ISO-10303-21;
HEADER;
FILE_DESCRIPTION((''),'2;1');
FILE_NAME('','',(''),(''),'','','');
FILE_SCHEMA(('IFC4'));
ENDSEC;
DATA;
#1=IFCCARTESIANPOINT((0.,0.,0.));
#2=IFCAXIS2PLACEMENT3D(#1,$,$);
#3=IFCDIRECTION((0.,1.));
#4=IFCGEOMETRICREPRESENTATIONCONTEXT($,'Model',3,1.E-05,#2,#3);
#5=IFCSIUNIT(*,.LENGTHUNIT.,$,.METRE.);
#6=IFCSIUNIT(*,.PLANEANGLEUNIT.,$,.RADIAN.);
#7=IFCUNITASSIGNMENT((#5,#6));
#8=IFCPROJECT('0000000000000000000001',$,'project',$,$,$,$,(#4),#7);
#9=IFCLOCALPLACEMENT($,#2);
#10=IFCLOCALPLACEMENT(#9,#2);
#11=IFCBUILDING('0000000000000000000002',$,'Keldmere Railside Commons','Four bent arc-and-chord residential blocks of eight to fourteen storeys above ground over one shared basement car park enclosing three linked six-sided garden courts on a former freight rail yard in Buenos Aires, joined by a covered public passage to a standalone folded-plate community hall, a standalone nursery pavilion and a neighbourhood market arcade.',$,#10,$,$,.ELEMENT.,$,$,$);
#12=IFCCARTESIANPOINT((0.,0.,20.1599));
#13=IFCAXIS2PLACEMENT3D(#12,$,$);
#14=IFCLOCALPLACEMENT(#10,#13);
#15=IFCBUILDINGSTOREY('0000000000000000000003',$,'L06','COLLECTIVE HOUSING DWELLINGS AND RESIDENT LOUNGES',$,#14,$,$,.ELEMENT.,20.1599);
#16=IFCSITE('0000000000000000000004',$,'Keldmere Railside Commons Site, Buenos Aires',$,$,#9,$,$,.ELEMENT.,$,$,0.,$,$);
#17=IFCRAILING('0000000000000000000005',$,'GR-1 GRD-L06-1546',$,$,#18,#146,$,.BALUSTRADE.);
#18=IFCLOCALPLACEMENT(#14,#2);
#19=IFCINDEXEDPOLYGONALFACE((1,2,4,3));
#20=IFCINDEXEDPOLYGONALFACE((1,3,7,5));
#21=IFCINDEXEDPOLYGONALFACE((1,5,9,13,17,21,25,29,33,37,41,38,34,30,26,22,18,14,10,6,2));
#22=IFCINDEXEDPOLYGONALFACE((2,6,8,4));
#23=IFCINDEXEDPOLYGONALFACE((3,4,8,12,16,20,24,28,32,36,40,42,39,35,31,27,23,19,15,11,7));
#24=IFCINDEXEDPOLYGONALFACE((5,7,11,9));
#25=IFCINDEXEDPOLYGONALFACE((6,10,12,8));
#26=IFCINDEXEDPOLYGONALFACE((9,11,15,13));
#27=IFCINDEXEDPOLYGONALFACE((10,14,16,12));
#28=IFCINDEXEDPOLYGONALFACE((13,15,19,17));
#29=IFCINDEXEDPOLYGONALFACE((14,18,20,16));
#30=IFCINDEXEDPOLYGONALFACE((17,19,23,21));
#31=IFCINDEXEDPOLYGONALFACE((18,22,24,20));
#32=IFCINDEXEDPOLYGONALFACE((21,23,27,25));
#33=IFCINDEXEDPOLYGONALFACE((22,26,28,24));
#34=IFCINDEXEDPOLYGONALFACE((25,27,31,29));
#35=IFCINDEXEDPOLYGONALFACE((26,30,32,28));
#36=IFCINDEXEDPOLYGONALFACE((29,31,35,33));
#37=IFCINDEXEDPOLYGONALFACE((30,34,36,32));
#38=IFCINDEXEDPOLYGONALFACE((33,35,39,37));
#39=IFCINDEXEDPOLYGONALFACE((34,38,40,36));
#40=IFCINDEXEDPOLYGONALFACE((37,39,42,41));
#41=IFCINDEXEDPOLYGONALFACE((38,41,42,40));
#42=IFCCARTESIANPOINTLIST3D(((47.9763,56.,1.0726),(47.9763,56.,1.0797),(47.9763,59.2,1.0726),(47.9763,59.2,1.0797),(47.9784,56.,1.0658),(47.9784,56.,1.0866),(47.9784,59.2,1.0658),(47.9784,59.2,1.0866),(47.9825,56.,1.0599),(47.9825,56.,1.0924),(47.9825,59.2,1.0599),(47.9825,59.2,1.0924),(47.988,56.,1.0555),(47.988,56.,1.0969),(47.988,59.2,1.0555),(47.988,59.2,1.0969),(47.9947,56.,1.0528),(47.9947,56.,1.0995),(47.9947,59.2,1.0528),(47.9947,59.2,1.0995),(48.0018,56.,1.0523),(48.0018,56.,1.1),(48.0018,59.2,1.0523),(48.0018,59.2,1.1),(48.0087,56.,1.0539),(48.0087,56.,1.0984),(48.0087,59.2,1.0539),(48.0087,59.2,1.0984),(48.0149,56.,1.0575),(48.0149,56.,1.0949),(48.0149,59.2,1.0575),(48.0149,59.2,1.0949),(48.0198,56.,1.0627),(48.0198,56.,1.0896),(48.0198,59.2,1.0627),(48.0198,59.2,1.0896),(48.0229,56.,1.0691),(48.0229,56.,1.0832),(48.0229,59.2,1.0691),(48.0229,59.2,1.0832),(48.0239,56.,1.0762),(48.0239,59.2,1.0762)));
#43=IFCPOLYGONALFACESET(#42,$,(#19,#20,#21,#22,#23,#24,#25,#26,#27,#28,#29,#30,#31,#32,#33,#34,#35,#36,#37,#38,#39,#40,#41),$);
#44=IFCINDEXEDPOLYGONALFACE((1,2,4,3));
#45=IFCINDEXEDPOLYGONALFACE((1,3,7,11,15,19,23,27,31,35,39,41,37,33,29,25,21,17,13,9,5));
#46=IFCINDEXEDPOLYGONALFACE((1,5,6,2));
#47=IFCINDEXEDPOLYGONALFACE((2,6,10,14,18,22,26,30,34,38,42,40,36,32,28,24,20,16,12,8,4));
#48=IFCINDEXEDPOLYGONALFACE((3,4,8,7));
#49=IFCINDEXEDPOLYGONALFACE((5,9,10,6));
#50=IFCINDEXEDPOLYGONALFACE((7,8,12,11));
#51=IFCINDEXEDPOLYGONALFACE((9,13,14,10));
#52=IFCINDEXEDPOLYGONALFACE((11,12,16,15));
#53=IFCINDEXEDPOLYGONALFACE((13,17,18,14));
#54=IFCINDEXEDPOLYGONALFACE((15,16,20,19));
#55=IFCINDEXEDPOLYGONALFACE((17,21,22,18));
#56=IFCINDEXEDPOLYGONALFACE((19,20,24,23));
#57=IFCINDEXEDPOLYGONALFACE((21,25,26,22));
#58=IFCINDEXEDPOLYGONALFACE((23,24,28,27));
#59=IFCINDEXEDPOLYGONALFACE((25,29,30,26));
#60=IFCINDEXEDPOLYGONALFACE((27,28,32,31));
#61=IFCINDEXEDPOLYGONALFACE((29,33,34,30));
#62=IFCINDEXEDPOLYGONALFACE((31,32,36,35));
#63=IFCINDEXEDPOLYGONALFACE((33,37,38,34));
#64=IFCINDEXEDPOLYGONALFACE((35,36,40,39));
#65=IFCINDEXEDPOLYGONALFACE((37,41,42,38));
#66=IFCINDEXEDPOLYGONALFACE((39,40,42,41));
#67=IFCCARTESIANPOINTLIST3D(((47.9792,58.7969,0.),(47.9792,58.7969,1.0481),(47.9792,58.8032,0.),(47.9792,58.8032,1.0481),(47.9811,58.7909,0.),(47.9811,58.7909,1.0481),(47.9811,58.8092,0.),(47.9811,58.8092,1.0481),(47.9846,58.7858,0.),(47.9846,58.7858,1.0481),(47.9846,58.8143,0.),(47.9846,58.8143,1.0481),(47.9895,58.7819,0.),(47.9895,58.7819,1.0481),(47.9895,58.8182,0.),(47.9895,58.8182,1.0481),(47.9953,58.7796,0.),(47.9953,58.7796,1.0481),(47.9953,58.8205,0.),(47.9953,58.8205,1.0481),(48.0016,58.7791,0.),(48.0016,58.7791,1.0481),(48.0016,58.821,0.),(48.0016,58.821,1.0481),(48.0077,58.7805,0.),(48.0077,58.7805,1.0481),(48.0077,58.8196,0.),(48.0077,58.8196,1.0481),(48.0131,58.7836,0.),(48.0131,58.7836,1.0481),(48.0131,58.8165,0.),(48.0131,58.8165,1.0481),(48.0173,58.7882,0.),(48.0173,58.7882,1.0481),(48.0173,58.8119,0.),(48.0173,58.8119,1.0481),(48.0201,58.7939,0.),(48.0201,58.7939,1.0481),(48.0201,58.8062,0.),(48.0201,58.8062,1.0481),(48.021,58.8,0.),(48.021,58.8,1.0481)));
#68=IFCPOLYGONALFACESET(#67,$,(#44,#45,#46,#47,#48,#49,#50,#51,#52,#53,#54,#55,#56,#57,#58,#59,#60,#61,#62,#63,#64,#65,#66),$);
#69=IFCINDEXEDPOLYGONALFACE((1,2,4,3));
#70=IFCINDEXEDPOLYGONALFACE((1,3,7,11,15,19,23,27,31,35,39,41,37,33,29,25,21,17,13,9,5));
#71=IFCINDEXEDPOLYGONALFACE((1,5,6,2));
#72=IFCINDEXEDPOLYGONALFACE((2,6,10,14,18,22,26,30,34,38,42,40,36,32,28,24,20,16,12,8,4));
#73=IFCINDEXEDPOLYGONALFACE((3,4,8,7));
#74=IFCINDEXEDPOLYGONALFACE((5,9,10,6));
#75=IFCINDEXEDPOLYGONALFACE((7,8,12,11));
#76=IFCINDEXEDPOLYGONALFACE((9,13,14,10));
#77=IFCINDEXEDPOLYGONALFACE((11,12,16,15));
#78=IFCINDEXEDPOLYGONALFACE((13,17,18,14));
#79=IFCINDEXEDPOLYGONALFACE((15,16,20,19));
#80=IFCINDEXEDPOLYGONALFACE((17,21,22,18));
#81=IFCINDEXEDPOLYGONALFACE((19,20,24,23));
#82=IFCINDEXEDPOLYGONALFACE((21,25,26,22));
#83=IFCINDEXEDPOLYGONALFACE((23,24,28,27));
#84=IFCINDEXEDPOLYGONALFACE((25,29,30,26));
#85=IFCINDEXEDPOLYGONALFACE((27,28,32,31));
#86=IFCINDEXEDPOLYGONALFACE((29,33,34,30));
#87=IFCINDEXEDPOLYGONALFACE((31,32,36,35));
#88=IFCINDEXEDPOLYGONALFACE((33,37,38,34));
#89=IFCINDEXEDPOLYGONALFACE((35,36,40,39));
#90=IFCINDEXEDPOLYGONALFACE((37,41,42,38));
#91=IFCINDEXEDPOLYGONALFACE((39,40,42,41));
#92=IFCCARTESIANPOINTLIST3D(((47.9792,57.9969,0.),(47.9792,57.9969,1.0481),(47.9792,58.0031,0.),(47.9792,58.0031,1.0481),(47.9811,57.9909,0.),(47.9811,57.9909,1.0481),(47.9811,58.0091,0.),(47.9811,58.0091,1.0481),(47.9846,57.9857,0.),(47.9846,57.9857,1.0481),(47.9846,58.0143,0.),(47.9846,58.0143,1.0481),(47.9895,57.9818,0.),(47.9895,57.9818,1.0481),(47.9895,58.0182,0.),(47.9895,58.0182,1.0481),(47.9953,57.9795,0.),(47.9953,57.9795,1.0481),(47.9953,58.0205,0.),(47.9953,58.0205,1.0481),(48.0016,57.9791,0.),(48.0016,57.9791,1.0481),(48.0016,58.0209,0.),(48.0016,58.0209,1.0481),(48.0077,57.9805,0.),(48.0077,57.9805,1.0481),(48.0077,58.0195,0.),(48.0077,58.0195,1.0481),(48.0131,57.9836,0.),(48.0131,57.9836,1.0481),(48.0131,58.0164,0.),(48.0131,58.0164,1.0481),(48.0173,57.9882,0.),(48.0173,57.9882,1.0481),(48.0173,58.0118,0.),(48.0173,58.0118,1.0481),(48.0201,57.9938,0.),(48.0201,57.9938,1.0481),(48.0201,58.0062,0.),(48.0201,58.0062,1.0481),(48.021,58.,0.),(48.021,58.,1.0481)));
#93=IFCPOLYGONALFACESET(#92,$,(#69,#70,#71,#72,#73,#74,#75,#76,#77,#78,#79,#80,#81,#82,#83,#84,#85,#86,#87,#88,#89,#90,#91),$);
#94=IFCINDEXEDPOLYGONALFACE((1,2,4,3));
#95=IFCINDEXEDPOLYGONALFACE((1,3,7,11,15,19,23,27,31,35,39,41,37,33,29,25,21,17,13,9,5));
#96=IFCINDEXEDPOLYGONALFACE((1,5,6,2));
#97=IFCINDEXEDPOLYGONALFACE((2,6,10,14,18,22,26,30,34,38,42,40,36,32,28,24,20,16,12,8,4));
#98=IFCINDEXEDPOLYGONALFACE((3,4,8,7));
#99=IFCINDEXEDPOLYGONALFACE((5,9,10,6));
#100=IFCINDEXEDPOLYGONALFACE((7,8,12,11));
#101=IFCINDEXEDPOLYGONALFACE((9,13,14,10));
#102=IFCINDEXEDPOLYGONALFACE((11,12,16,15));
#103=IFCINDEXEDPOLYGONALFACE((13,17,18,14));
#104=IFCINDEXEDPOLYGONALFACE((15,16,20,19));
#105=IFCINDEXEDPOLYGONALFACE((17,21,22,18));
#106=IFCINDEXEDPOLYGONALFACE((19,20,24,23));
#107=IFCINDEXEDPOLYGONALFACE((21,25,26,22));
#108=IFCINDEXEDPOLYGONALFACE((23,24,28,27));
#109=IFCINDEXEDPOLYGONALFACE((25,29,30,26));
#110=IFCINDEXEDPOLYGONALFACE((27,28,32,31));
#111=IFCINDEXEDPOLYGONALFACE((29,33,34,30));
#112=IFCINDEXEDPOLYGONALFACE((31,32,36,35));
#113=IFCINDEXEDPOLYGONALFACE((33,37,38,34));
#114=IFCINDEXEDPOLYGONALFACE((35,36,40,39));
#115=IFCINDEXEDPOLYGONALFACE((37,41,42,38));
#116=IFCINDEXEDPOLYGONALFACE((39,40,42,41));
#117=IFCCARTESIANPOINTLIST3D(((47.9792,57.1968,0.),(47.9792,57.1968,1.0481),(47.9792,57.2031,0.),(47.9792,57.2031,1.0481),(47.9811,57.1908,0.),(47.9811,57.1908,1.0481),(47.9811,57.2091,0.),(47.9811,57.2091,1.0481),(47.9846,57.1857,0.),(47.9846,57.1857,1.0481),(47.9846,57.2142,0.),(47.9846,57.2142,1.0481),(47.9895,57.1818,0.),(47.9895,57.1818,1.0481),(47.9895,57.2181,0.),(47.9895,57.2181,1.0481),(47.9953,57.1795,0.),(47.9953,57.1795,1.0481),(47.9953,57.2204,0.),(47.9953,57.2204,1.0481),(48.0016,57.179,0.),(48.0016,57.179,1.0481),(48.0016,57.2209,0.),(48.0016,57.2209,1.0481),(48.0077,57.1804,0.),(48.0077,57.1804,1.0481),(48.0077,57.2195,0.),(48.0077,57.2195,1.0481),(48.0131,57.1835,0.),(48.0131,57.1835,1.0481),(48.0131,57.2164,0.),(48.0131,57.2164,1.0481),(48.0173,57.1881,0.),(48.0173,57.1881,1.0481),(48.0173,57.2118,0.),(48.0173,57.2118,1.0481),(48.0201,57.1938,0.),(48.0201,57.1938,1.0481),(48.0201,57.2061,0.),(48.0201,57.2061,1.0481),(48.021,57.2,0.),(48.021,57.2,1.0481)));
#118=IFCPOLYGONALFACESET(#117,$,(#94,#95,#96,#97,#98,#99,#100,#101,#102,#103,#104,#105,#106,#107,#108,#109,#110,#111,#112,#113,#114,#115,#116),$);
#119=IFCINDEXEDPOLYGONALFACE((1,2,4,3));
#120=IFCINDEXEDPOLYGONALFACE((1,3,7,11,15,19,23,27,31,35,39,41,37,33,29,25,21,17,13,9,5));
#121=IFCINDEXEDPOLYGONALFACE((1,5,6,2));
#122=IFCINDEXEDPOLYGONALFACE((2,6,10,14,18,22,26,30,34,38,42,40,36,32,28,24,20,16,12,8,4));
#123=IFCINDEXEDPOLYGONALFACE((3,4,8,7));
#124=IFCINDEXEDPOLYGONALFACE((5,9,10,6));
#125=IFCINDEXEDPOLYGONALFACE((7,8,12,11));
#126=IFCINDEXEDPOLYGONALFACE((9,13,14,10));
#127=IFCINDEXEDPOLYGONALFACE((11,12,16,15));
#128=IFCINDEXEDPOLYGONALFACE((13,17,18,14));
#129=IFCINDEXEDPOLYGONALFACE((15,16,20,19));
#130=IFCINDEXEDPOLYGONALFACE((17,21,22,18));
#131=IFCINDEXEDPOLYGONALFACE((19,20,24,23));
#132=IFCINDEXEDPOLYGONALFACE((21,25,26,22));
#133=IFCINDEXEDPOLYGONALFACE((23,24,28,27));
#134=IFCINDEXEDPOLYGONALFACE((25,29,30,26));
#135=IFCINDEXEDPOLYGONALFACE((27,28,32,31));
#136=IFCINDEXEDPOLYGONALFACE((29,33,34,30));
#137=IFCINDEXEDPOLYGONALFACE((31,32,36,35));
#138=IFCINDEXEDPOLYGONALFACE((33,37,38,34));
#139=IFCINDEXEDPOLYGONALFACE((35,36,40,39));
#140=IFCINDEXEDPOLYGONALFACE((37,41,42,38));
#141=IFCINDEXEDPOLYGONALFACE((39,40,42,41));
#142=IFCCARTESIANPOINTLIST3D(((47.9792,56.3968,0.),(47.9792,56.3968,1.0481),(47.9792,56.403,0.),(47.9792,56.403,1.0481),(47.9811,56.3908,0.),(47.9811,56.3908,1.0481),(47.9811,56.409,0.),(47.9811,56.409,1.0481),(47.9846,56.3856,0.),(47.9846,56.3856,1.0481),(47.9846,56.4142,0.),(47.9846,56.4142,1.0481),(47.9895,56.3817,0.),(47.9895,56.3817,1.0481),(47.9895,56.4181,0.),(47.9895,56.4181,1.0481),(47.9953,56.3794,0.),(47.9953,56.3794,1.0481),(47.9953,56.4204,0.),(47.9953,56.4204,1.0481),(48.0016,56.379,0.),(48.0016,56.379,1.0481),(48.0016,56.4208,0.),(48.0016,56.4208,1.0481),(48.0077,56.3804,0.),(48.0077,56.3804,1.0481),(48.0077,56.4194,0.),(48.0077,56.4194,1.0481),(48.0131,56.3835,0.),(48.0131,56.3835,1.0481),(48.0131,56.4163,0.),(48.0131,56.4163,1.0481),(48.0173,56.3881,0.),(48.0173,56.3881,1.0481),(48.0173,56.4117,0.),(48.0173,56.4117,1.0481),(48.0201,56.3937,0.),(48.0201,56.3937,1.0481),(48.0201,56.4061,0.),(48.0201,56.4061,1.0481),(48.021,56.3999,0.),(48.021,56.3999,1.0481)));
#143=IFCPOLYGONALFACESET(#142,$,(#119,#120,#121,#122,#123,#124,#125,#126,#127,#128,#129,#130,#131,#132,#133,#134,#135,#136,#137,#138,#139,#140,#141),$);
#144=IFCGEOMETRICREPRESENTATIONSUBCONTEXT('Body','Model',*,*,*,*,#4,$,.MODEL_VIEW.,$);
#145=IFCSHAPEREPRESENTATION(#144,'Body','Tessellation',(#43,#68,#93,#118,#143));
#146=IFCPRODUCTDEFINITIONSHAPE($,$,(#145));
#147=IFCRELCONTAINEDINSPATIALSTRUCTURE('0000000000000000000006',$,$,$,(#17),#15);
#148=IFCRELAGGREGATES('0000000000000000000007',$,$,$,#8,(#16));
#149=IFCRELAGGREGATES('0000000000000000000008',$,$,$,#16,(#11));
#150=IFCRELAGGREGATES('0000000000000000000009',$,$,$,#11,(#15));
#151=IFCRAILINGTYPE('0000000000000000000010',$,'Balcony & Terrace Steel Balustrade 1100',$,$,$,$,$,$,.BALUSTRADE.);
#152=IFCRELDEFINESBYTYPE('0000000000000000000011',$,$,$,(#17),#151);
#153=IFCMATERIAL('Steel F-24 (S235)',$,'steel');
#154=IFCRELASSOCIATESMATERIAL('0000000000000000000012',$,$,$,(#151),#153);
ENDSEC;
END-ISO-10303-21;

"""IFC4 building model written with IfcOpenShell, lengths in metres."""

from ifc_helpers import new_model, si_unit, direction, frame, origin, origin_2d, place, context, subcontext, project, spatial, circle, extrude, material, type_object, element, save


model = new_model("IFC4")

# Units and contexts
model_context = context("Model", 3, precision=1e-05, world=origin(), true_north=direction((0.0, 1.0)))
body_context = subcontext(model_context, "Body", "Model", "MODEL_VIEW")
ifc_project = project(units=[si_unit("LENGTHUNIT", "METRE"), si_unit("PLANEANGLEUNIT", "RADIAN")], contexts=[model_context])

# Site, building, storey
site_placement = place(None, origin())
site = spatial("IfcSite", under=ifc_project, at=site_placement, Name="Keldmere Railside Commons Site, Buenos Aires", CompositionType="ELEMENT", RefElevation=0.0)
building_placement = place(site_placement, origin())
building = spatial("IfcBuilding", under=site, at=building_placement, Name="Keldmere Railside Commons", Description="Four bent arc-and-chord residential blocks of eight to fourteen storeys above ground over one shared basement car park enclosing three linked six-sided garden courts on a former freight rail yard in Buenos Aires, joined by a covered public passage to a standalone folded-plate community hall, a standalone nursery pavilion and a neighbourhood market arcade.", CompositionType="ELEMENT")
storey_placement = place(building_placement, frame((0.0, 0.0, 20.1599)))
storey = spatial("IfcBuildingStorey", under=building, at=storey_placement, Name="L06", Description="COLLECTIVE HOUSING DWELLINGS AND RESIDENT LOUNGES", CompositionType="ELEMENT", Elevation=20.1599)

# Railing
ifc_material_1 = material(Name="Steel F-24 (S235)", Category="steel")
railing_type = type_object("IfcRailingType", Name="Balcony & Terrace Steel Balustrade 1100", PredefinedType="BALUSTRADE", material=ifc_material_1)
railing_1_placement = place(storey_placement, frame((48.0, 59.2, 0.0)))
element("IfcRailing", 1, at=railing_1_placement, inside=storey, type_object=railing_type, Name="GR-1 GRD-L06-1546", PredefinedType="BALUSTRADE", context=body_context, shape_type="SweptSolid", body=[
    extrude(circle(Radius=0.0239, at=origin_2d()), frame((0.0, 0.0, 1.0762), z_axis=(0.0, -1.0, 0.0), x_axis=(1.0, 0.0, 0.0)), (0.0, 0.0, 1.0), 3.2),
    extrude(circle(Radius=0.021, at=origin_2d()), frame((0.0, -0.3999, 0.0)), (0.0, 0.0, 1.0), 1.0481),
    extrude(circle(Radius=0.021, at=origin_2d()), frame((0.0, -1.2, 0.0)), (0.0, 0.0, 1.0), 1.0481),
    extrude(circle(Radius=0.021, at=origin_2d()), frame((0.0, -2.0, 0.0)), (0.0, 0.0, 1.0), 1.0481),
    extrude(circle(Radius=0.021, at=origin_2d()), frame((0.0, -2.8, 0.0)), (0.0, 0.0, 1.0), 1.0481),
])

save(model, "model.ifc")
